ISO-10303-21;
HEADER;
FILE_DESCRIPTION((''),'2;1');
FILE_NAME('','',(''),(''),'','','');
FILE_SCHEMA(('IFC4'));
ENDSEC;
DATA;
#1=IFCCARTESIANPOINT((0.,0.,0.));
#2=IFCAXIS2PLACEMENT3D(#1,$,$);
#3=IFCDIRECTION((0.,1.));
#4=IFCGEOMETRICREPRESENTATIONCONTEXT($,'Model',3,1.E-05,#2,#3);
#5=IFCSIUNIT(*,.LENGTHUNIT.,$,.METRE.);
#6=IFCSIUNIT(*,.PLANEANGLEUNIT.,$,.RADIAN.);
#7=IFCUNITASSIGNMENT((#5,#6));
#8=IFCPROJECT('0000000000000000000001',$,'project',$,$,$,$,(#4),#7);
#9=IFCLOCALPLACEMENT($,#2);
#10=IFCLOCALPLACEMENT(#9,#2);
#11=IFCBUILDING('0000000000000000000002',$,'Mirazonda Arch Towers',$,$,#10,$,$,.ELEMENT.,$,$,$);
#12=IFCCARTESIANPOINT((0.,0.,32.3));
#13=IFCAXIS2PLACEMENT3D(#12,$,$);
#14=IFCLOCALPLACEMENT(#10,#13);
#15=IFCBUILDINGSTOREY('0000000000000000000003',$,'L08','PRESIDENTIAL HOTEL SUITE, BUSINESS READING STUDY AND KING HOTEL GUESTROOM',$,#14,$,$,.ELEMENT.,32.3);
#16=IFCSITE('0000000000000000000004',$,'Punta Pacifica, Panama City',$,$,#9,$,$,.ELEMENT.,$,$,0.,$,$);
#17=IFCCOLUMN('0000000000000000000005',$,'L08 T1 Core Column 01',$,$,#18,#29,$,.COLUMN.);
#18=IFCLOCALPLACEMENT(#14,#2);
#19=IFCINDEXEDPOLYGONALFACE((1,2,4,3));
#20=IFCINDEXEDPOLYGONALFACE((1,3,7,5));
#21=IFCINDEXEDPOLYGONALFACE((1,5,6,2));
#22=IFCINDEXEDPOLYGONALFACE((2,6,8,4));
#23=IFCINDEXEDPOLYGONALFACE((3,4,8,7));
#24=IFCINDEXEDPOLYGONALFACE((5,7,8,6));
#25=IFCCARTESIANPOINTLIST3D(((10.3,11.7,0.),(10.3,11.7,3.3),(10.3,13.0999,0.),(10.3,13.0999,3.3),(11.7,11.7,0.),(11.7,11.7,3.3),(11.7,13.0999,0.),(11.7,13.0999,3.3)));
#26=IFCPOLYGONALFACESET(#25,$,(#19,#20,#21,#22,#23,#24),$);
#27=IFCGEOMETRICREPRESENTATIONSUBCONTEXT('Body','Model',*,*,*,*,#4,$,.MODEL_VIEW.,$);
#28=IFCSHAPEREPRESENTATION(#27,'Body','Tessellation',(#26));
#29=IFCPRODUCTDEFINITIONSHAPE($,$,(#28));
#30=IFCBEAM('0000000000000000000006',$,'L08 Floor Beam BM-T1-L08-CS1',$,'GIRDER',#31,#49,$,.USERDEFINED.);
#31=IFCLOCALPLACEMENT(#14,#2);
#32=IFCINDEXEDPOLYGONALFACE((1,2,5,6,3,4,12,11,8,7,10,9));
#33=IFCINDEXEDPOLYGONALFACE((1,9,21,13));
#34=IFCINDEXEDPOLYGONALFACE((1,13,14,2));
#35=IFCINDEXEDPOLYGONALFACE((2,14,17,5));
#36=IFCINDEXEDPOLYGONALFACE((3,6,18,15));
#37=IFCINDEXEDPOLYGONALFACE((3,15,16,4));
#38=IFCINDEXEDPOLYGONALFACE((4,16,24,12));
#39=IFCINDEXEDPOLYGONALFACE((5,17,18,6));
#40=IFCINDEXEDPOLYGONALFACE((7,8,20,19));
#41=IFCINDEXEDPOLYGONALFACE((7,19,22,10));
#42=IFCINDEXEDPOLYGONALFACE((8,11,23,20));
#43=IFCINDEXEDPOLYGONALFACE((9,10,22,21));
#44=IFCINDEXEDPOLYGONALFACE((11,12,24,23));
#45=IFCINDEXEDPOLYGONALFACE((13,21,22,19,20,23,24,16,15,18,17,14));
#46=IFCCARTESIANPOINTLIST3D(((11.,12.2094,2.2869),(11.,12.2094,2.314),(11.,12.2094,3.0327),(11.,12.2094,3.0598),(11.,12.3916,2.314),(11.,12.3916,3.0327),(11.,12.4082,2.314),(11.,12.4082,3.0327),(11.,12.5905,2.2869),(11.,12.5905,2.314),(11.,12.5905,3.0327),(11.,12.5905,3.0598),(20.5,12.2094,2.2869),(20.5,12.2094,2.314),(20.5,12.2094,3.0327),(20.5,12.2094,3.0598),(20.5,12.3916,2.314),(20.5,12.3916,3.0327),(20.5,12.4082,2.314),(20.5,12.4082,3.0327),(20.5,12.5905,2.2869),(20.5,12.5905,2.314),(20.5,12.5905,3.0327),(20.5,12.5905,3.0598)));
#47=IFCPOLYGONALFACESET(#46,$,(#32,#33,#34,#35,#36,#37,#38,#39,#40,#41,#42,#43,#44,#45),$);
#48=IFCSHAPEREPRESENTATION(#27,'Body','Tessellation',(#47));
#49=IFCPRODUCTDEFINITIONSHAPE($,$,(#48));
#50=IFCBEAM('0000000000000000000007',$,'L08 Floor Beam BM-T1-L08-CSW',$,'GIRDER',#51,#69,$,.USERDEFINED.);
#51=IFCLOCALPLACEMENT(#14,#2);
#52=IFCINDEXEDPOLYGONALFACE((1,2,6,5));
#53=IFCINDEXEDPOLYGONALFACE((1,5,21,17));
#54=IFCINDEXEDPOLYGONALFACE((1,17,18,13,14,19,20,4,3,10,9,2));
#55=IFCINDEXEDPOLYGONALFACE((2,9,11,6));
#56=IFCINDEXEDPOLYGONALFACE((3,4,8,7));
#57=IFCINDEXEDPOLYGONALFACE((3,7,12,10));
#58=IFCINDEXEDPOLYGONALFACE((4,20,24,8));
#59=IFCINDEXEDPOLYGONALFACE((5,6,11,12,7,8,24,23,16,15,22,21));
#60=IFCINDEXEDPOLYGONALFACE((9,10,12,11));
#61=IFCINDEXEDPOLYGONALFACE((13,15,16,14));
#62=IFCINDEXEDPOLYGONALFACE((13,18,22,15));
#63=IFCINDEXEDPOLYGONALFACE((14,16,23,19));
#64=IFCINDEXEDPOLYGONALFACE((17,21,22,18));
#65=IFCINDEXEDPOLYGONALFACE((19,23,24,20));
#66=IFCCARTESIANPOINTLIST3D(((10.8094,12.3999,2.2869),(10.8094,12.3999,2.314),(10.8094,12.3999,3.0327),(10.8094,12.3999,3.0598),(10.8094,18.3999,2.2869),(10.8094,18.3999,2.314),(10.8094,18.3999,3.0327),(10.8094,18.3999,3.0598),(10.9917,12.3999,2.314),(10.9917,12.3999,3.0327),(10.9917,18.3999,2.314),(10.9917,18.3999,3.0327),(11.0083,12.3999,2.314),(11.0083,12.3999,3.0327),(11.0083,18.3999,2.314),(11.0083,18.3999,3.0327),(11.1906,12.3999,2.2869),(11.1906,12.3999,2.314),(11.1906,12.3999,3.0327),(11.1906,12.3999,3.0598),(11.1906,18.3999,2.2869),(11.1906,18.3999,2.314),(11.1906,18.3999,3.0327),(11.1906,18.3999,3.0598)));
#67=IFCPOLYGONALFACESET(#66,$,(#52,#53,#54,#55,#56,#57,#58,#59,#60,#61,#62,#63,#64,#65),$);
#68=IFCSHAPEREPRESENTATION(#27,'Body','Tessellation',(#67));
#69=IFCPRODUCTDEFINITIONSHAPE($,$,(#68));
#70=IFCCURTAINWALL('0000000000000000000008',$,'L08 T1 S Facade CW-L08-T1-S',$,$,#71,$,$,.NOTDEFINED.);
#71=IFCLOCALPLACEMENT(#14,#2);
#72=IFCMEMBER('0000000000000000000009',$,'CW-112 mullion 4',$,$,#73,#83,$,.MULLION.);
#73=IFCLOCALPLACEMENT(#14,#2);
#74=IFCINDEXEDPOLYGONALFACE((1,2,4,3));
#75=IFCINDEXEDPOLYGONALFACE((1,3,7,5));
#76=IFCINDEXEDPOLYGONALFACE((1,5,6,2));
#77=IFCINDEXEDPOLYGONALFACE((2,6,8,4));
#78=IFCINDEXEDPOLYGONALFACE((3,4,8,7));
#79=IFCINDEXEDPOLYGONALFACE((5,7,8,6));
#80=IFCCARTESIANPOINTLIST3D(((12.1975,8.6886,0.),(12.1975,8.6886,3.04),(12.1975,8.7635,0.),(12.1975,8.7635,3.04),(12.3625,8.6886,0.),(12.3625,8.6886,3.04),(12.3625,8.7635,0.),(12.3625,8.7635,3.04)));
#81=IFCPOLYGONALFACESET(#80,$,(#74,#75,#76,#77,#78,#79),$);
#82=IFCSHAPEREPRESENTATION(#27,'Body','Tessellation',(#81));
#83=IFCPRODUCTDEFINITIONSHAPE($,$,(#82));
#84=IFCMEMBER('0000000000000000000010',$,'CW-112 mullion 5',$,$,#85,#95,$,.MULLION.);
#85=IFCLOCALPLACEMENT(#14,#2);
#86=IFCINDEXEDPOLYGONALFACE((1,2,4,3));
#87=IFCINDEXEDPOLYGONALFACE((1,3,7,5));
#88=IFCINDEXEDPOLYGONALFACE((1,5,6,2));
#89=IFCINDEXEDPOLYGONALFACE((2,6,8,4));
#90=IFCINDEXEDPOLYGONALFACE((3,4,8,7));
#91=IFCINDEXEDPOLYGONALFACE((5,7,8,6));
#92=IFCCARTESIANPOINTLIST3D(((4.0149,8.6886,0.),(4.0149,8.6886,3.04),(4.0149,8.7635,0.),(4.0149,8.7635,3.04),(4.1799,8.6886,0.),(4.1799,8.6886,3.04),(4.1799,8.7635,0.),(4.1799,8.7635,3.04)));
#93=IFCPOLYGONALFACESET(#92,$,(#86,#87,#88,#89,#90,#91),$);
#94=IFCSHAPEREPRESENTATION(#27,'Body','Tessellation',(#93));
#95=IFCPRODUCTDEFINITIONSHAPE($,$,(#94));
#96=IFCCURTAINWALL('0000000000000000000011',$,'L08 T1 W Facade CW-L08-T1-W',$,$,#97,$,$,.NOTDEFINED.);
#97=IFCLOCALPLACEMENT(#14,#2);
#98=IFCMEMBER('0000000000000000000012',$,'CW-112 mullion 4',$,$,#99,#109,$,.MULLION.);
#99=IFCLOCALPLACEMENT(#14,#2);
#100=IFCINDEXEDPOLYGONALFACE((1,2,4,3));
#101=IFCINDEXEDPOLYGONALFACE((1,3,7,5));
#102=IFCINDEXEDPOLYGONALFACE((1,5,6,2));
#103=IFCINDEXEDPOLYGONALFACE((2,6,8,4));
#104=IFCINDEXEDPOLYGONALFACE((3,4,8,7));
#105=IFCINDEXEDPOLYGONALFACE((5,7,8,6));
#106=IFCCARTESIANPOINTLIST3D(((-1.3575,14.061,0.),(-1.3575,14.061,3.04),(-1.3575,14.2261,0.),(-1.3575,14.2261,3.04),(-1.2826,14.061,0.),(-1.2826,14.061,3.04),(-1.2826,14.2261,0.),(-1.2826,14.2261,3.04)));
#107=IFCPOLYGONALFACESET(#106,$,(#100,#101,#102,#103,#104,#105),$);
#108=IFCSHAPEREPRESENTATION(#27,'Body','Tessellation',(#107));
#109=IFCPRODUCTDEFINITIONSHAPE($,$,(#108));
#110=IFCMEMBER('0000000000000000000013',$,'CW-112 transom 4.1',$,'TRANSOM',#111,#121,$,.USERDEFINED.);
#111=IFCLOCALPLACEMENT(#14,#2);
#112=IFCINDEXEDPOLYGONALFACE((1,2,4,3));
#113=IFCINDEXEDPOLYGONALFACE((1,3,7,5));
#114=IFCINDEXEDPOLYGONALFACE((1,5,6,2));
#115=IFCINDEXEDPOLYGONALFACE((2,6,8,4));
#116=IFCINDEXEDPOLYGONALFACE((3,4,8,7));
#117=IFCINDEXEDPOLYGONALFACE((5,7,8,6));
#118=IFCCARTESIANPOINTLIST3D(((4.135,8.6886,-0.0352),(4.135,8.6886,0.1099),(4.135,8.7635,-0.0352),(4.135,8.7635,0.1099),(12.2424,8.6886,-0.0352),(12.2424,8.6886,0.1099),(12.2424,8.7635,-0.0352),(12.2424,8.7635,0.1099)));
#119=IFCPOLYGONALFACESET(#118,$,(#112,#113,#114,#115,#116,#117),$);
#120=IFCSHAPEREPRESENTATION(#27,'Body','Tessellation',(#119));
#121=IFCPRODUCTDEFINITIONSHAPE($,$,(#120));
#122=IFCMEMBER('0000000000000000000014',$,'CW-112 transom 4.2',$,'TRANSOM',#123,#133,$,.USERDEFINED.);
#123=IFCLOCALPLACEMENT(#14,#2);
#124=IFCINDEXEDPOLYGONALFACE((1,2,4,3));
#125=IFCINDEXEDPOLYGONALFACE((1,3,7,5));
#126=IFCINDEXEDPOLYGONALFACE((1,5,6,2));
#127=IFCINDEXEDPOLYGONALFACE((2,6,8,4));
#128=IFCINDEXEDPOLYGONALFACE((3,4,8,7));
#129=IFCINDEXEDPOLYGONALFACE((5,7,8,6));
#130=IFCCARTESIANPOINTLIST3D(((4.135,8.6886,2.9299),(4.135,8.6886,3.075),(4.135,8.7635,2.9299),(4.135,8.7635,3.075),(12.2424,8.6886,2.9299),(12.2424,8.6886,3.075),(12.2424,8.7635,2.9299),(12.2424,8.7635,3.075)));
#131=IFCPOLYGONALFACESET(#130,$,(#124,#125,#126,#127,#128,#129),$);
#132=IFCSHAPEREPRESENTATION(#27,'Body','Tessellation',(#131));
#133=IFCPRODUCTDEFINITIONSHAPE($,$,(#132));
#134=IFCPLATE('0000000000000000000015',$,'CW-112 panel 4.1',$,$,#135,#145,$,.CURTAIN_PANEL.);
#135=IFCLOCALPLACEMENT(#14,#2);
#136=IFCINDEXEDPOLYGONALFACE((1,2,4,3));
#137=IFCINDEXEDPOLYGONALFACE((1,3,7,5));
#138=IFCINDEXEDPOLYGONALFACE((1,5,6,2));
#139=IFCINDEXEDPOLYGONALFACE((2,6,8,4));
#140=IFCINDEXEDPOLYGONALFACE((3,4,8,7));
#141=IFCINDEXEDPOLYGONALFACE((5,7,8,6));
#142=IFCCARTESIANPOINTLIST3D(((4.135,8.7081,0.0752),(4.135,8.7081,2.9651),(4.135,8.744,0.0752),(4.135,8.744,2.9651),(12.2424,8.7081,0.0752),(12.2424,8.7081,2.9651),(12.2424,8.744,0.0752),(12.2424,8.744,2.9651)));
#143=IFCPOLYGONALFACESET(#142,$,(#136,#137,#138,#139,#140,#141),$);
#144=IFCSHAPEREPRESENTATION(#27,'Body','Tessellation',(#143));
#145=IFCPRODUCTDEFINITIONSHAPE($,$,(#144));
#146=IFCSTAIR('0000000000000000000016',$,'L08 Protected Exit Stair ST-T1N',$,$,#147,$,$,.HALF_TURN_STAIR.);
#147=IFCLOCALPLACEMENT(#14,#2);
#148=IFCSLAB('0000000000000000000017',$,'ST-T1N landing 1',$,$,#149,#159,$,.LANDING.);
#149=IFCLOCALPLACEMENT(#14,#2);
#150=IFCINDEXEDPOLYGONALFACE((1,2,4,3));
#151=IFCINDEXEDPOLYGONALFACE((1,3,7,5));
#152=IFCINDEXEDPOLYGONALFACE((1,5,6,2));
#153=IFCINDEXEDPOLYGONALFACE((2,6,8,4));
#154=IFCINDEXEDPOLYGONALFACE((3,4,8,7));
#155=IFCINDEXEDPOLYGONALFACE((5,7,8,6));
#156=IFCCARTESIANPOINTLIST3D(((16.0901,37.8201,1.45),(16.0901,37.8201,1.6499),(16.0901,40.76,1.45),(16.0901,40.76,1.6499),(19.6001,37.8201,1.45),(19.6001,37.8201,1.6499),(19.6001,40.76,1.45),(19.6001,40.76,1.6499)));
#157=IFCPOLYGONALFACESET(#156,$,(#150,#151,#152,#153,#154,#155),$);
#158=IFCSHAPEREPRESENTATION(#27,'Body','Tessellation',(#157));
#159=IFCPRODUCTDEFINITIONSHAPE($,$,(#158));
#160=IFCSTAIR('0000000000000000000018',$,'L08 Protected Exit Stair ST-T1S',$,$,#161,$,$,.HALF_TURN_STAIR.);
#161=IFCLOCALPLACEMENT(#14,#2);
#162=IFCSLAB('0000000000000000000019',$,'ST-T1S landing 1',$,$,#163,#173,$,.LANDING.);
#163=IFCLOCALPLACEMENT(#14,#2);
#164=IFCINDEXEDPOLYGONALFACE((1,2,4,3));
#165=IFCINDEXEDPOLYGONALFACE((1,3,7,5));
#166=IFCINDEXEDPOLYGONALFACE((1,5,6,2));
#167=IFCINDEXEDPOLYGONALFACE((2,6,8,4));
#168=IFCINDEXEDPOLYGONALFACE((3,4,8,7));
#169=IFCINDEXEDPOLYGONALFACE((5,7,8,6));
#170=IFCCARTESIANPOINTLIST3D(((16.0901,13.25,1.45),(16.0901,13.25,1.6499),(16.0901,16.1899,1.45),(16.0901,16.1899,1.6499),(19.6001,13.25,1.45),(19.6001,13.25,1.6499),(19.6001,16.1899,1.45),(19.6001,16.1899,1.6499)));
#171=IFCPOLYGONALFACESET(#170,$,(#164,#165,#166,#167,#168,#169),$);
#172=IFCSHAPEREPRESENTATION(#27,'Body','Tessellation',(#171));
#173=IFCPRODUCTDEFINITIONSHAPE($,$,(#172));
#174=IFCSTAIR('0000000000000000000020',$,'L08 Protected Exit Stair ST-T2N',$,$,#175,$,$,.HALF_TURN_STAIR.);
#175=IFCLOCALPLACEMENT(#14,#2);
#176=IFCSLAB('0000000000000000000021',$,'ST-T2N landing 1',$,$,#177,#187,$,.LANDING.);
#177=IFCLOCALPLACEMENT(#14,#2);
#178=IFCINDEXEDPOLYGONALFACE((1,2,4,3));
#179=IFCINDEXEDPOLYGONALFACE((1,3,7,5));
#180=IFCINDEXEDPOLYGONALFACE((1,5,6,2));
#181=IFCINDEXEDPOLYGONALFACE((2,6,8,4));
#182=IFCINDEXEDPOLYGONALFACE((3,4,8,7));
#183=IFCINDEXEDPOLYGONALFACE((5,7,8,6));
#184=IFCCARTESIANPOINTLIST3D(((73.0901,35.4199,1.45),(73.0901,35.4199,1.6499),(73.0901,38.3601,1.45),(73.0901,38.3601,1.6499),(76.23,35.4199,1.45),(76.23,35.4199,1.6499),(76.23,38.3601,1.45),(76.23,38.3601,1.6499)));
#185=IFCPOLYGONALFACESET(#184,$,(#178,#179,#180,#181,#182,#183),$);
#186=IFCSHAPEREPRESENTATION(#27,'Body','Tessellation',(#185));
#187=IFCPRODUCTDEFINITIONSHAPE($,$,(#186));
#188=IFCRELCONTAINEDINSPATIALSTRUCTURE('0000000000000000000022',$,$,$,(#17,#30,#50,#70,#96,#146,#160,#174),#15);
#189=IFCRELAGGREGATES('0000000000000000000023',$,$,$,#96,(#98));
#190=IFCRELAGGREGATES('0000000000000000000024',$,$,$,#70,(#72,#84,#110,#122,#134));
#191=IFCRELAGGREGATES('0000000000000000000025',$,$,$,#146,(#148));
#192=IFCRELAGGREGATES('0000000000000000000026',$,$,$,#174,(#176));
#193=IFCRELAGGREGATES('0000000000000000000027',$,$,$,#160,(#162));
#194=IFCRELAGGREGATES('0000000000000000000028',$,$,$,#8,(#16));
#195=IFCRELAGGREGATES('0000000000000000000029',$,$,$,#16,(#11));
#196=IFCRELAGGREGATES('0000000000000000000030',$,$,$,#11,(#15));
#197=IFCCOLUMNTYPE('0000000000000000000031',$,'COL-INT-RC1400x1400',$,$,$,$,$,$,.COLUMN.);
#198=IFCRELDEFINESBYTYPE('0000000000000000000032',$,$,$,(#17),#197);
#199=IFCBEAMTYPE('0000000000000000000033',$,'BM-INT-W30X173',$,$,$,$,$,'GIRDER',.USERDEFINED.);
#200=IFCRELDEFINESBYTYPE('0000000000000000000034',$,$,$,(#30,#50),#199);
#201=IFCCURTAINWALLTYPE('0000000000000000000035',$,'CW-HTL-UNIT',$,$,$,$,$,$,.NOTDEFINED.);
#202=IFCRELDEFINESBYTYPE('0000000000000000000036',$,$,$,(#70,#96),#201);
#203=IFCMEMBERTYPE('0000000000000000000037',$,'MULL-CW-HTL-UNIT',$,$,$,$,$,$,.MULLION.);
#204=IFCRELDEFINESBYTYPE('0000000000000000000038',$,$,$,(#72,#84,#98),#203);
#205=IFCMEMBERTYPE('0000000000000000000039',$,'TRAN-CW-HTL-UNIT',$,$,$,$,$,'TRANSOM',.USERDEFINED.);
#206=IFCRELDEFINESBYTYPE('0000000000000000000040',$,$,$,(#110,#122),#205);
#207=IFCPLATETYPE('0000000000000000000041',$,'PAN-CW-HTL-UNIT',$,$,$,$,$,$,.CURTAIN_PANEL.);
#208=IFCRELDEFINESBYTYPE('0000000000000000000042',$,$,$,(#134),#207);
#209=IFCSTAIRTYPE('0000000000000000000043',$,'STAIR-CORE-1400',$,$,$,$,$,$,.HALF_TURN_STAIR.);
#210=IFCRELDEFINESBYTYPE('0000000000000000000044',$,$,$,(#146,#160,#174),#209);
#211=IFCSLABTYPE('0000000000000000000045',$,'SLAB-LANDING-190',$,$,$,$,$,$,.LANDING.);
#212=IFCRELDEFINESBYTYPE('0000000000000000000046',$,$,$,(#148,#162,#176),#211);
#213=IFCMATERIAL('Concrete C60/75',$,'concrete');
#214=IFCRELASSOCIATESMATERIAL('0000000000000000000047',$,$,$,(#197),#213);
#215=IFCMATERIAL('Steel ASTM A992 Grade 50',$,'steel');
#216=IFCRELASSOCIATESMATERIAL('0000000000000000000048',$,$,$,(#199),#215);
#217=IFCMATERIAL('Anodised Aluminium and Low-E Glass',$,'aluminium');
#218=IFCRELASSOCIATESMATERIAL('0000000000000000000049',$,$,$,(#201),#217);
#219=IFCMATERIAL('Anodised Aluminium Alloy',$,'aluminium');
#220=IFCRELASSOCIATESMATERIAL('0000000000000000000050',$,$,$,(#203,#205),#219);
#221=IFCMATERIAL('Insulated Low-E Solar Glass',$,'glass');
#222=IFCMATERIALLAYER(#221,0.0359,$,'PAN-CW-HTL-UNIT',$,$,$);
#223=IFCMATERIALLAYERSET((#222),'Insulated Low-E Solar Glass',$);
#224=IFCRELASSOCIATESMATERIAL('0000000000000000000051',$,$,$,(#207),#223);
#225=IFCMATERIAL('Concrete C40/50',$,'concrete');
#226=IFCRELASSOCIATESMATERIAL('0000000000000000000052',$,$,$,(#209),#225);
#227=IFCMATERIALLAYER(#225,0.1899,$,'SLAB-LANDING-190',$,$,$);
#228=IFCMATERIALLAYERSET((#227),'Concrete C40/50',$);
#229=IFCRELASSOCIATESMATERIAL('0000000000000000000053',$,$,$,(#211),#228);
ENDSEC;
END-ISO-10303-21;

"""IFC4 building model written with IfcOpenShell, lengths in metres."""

from ifc_helpers import new_model, si_unit, direction, frame, origin, origin_2d, place, context, subcontext, project, spatial, polyline, rectangle, i_section, outline, extrude, material, layer, layer_set, material_profile, profile_set, type_object, element, aggregate, save


model = new_model("IFC4")

# Units and contexts
model_context = context("Model", 3, precision=1e-05, world=origin(), true_north=direction((0.0, 1.0)))
body_context = subcontext(model_context, "Body", "Model", "MODEL_VIEW")
ifc_project = project(units=[si_unit("LENGTHUNIT", "METRE"), si_unit("PLANEANGLEUNIT", "RADIAN")], contexts=[model_context])

# Site, building, storey
site_placement = place(None, origin())
site = spatial("IfcSite", under=ifc_project, at=site_placement, Name="Punta Pacifica, Panama City", CompositionType="ELEMENT", RefElevation=0.0)
building_placement = place(site_placement, origin())
building = spatial("IfcBuilding", under=site, at=building_placement, Name="Mirazonda Arch Towers", CompositionType="ELEMENT")
storey_placement = place(building_placement, frame((0.0, 0.0, 32.3)))
storey = spatial("IfcBuildingStorey", under=building, at=storey_placement, Name="L08", Description="PRESIDENTIAL HOTEL SUITE, BUSINESS READING STUDY AND KING HOTEL GUESTROOM", CompositionType="ELEMENT", Elevation=32.3)

# Column
ifc_material_1 = material(Name="Concrete C60/75", Category="concrete")
ifc_material_profile_1 = material_profile(ifc_material_1, rectangle(XDim=1.3999, YDim=1.3999, at=origin_2d()), Name="RC1400x1400")
ifc_profile_set_1 = profile_set([ifc_material_profile_1], Name="Concrete C60/75")
column_type = type_object("IfcColumnType", Name="COL-INT-RC1400x1400", PredefinedType="COLUMN", material=ifc_profile_set_1)
column_placement = place(storey_placement, frame((11.0, 12.3999, 0.0), z_axis=(0.0, 0.0, 1.0), x_axis=(1.0, 0.0, 0.0)))
element("IfcColumn", 1, at=column_placement, inside=storey, type_object=column_type, Name="L08 T1 Core Column 01", PredefinedType="COLUMN", context=body_context, shape_type="SweptSolid", body=[
    extrude(rectangle(XDim=1.3999, YDim=1.3999, at=origin_2d()), origin(), (0.0, 0.0, 1.0), 3.3),
])

# Beams
ifc_material_2 = material(Name="Steel ASTM A992 Grade 50", Category="steel")
ifc_material_profile_2 = material_profile(ifc_material_2, i_section(OverallWidth=0.3811, OverallDepth=0.7729, WebThickness=0.0166, FlangeThickness=0.0271, at=origin_2d()), Name="W30X173")
ifc_profile_set_2 = profile_set([ifc_material_profile_2], Name="Steel ASTM A992 Grade 50")
beam_type = type_object("IfcBeamType", Name="BM-INT-W30X173", ElementType="GIRDER", PredefinedType="USERDEFINED", material=ifc_profile_set_2)
beam_1_placement = place(storey_placement, frame((11.0, 12.3999, 2.6733), z_axis=(1.0, 0.0, 0.0), x_axis=(0.0, 1.0, 0.0)))
element("IfcBeam", 2, at=beam_1_placement, inside=storey, type_object=beam_type, Name="L08 Floor Beam BM-T1-L08-CS1", ObjectType="GIRDER", PredefinedType="USERDEFINED", context=body_context, shape_type="SweptSolid", body=[
    extrude(i_section(OverallWidth=0.3811, OverallDepth=0.7729, WebThickness=0.0166, FlangeThickness=0.0271, at=origin_2d()), origin(), (0.0, 0.0, 1.0), 9.5),
])
beam_2_placement = place(storey_placement, frame((11.0, 12.3999, 2.6733), z_axis=(0.0, 1.0, 0.0), x_axis=(-1.0, 0.0, 0.0)))
element("IfcBeam", 3, at=beam_2_placement, inside=storey, type_object=beam_type, Name="L08 Floor Beam BM-T1-L08-CSW", ObjectType="GIRDER", PredefinedType="USERDEFINED", context=body_context, shape_type="SweptSolid", body=[
    extrude(i_section(OverallWidth=0.3811, OverallDepth=0.7729, WebThickness=0.0166, FlangeThickness=0.0271, at=origin_2d()), origin(), (0.0, 0.0, 1.0), 6.0),
])

# Curtain wall, members
ifc_material_3 = material(Name="Anodised Aluminium and Low-E Glass", Category="aluminium")
curtain_wall_type = type_object("IfcCurtainWallType", Name="CW-HTL-UNIT", PredefinedType="NOTDEFINED", material=ifc_material_3)
curtain_wall_1_placement = place(storey_placement, origin())
curtain_wall_1 = element("IfcCurtainWall", 4, at=curtain_wall_1_placement, inside=storey, type_object=curtain_wall_type, Name="L08 T1 S Facade CW-L08-T1-S", PredefinedType="NOTDEFINED")
ifc_material_4 = material(Name="Anodised Aluminium Alloy", Category="aluminium")
ifc_material_profile_3 = material_profile(ifc_material_4, rectangle(XDim=0.075, YDim=0.165, at=origin_2d()), Name="ALU-MULL-75x165")
ifc_profile_set_3 = profile_set([ifc_material_profile_3], Name="Anodised Aluminium Alloy")
member_type_1 = type_object("IfcMemberType", Name="MULL-CW-HTL-UNIT", PredefinedType="MULLION", material=ifc_profile_set_3)
member_1_placement = place(storey_placement, frame((12.28, 8.7261, 0.0), z_axis=(0.0, 0.0, 1.0), x_axis=(0.0, -1.0, 0.0)))
member_1 = element("IfcMember", 5, at=member_1_placement, type_object=member_type_1, Name="CW-112 mullion 4", PredefinedType="MULLION", context=body_context, shape_type="SweptSolid", body=[
    extrude(rectangle(XDim=0.075, YDim=0.165, at=origin_2d()), origin(), (0.0, 0.0, 1.0), 3.04),
])
member_2_placement = place(storey_placement, frame((4.0974, 8.7261, 0.0), z_axis=(0.0, 0.0, 1.0), x_axis=(0.0, -1.0, 0.0)))
member_2 = element("IfcMember", 6, at=member_2_placement, type_object=member_type_1, Name="CW-112 mullion 5", PredefinedType="MULLION", context=body_context, shape_type="SweptSolid", body=[
    extrude(rectangle(XDim=0.075, YDim=0.165, at=origin_2d()), origin(), (0.0, 0.0, 1.0), 3.04),
])

# Curtain wall, member
curtain_wall_2_placement = place(storey_placement, origin())
curtain_wall_2 = element("IfcCurtainWall", 7, at=curtain_wall_2_placement, inside=storey, type_object=curtain_wall_type, Name="L08 T1 W Facade CW-L08-T1-W", PredefinedType="NOTDEFINED")
member_3_placement = place(storey_placement, frame((-1.3201, 14.1436, 0.0), z_axis=(0.0, 0.0, 1.0), x_axis=(1.0, 0.0, 0.0)))
member_3 = element("IfcMember", 8, at=member_3_placement, type_object=member_type_1, Name="CW-112 mullion 4", PredefinedType="MULLION", context=body_context, shape_type="SweptSolid", body=[
    extrude(rectangle(XDim=0.075, YDim=0.165, at=origin_2d()), origin(), (0.0, 0.0, 1.0), 3.04),
])
aggregate(curtain_wall_2, [member_3])

# Members
ifc_material_profile_4 = material_profile(ifc_material_4, rectangle(XDim=0.075, YDim=0.145, at=origin_2d()), Name="ALU-TRAN-75x145")
ifc_profile_set_4 = profile_set([ifc_material_profile_4], Name="Anodised Aluminium Alloy")
member_type_2 = type_object("IfcMemberType", Name="TRAN-CW-HTL-UNIT", ElementType="TRANSOM", PredefinedType="USERDEFINED", material=ifc_profile_set_4)
member_4_placement = place(storey_placement, frame((12.2424, 8.7261, 0.0374), z_axis=(-1.0, 0.0, 0.0), x_axis=(0.0, -1.0, 0.0)))
member_4 = element("IfcMember", 9, at=member_4_placement, type_object=member_type_2, Name="CW-112 transom 4.1", ObjectType="TRANSOM", PredefinedType="USERDEFINED", context=body_context, shape_type="SweptSolid", body=[
    extrude(rectangle(XDim=0.075, YDim=0.145, at=origin_2d()), origin(), (0.0, 0.0, 1.0), 8.1074),
])
member_5_placement = place(storey_placement, frame((12.2424, 8.7261, 3.0024), z_axis=(-1.0, 0.0, 0.0), x_axis=(0.0, -1.0, 0.0)))
member_5 = element("IfcMember", 10, at=member_5_placement, type_object=member_type_2, Name="CW-112 transom 4.2", ObjectType="TRANSOM", PredefinedType="USERDEFINED", context=body_context, shape_type="SweptSolid", body=[
    extrude(rectangle(XDim=0.075, YDim=0.145, at=origin_2d()), origin(), (0.0, 0.0, 1.0), 8.1074),
])

# Plate
ifc_material_5 = material(Name="Insulated Low-E Solar Glass", Category="glass")
ifc_layer_1 = layer(ifc_material_5, 0.0359, Name="PAN-CW-HTL-UNIT")
ifc_layer_set_1 = layer_set([ifc_layer_1], Name="Insulated Low-E Solar Glass")
plate_type = type_object("IfcPlateType", Name="PAN-CW-HTL-UNIT", PredefinedType="CURTAIN_PANEL", material=ifc_layer_set_1)
plate_placement = place(storey_placement, frame((8.1887, 8.7261, 0.0752), z_axis=(0.0, 0.0, 1.0), x_axis=(-1.0, 0.0, 0.0)))
plate = element("IfcPlate", 11, at=plate_placement, type_object=plate_type, Name="CW-112 panel 4.1", PredefinedType="CURTAIN_PANEL", context=body_context, shape_type="SweptSolid", body=[
    extrude(rectangle(XDim=8.1074, YDim=0.0359, at=origin_2d()), origin(), (0.0, 0.0, 1.0), 2.8899),
])
aggregate(curtain_wall_1, [member_1, member_2, member_4, member_5, plate])

# Stairs, slabs
ifc_material_6 = material(Name="Concrete C40/50", Category="concrete")
stair_type = type_object("IfcStairType", Name="STAIR-CORE-1400", PredefinedType="HALF_TURN_STAIR", material=ifc_material_6)
stair_1_placement = place(storey_placement, origin())
stair_1 = element("IfcStair", 12, at=stair_1_placement, inside=storey, type_object=stair_type, Name="L08 Protected Exit Stair ST-T1N", PredefinedType="HALF_TURN_STAIR")
ifc_layer_2 = layer(ifc_material_6, 0.1899, Name="SLAB-LANDING-190")
ifc_layer_set_2 = layer_set([ifc_layer_2], Name="Concrete C40/50")
slab_type_1 = type_object("IfcSlabType", Name="SLAB-LANDING-190", PredefinedType="LANDING", material=ifc_layer_set_2)
slab_1_placement = place(storey_placement, frame((0.0, 0.0, 1.45)))
slab_1 = element("IfcSlab", 13, at=slab_1_placement, type_object=slab_type_1, Name="ST-T1N landing 1", PredefinedType="LANDING", context=body_context, shape_type="SweptSolid", body=[
    extrude(outline(polyline([(16.0901, 37.8201), (19.6001, 37.8201), (19.6001, 40.76), (16.0901, 40.76), (16.0901, 37.8201)])), origin(), (0.0, 0.0, 1.0), 0.2),
])
aggregate(stair_1, [slab_1])
stair_2_placement = place(storey_placement, origin())
stair_2 = element("IfcStair", 14, at=stair_2_placement, inside=storey, type_object=stair_type, Name="L08 Protected Exit Stair ST-T1S", PredefinedType="HALF_TURN_STAIR")
slab_2_placement = place(storey_placement, frame((0.0, 0.0, 1.45)))
slab_2 = element("IfcSlab", 15, at=slab_2_placement, type_object=slab_type_1, Name="ST-T1S landing 1", PredefinedType="LANDING", context=body_context, shape_type="SweptSolid", body=[
    extrude(outline(polyline([(16.0901, 13.25), (19.6001, 13.25), (19.6001, 16.1899), (16.0901, 16.1899), (16.0901, 13.25)])), origin(), (0.0, 0.0, 1.0), 0.2),
])
stair_3_placement = place(storey_placement, origin())
stair_3 = element("IfcStair", 16, at=stair_3_placement, inside=storey, type_object=stair_type, Name="L08 Protected Exit Stair ST-T2N", PredefinedType="HALF_TURN_STAIR")
slab_3_placement = place(storey_placement, frame((0.0, 0.0, 1.45)))
slab_3 = element("IfcSlab", 17, at=slab_3_placement, type_object=slab_type_1, Name="ST-T2N landing 1", PredefinedType="LANDING", context=body_context, shape_type="SweptSolid", body=[
    extrude(outline(polyline([(73.0901, 35.4199), (76.23, 35.4199), (76.23, 38.3601), (73.0901, 38.3601), (73.0901, 35.4199)])), origin(), (0.0, 0.0, 1.0), 0.2),
])
aggregate(stair_3, [slab_3])

aggregate(stair_2, [slab_2])

save(model, "model.ifc")
